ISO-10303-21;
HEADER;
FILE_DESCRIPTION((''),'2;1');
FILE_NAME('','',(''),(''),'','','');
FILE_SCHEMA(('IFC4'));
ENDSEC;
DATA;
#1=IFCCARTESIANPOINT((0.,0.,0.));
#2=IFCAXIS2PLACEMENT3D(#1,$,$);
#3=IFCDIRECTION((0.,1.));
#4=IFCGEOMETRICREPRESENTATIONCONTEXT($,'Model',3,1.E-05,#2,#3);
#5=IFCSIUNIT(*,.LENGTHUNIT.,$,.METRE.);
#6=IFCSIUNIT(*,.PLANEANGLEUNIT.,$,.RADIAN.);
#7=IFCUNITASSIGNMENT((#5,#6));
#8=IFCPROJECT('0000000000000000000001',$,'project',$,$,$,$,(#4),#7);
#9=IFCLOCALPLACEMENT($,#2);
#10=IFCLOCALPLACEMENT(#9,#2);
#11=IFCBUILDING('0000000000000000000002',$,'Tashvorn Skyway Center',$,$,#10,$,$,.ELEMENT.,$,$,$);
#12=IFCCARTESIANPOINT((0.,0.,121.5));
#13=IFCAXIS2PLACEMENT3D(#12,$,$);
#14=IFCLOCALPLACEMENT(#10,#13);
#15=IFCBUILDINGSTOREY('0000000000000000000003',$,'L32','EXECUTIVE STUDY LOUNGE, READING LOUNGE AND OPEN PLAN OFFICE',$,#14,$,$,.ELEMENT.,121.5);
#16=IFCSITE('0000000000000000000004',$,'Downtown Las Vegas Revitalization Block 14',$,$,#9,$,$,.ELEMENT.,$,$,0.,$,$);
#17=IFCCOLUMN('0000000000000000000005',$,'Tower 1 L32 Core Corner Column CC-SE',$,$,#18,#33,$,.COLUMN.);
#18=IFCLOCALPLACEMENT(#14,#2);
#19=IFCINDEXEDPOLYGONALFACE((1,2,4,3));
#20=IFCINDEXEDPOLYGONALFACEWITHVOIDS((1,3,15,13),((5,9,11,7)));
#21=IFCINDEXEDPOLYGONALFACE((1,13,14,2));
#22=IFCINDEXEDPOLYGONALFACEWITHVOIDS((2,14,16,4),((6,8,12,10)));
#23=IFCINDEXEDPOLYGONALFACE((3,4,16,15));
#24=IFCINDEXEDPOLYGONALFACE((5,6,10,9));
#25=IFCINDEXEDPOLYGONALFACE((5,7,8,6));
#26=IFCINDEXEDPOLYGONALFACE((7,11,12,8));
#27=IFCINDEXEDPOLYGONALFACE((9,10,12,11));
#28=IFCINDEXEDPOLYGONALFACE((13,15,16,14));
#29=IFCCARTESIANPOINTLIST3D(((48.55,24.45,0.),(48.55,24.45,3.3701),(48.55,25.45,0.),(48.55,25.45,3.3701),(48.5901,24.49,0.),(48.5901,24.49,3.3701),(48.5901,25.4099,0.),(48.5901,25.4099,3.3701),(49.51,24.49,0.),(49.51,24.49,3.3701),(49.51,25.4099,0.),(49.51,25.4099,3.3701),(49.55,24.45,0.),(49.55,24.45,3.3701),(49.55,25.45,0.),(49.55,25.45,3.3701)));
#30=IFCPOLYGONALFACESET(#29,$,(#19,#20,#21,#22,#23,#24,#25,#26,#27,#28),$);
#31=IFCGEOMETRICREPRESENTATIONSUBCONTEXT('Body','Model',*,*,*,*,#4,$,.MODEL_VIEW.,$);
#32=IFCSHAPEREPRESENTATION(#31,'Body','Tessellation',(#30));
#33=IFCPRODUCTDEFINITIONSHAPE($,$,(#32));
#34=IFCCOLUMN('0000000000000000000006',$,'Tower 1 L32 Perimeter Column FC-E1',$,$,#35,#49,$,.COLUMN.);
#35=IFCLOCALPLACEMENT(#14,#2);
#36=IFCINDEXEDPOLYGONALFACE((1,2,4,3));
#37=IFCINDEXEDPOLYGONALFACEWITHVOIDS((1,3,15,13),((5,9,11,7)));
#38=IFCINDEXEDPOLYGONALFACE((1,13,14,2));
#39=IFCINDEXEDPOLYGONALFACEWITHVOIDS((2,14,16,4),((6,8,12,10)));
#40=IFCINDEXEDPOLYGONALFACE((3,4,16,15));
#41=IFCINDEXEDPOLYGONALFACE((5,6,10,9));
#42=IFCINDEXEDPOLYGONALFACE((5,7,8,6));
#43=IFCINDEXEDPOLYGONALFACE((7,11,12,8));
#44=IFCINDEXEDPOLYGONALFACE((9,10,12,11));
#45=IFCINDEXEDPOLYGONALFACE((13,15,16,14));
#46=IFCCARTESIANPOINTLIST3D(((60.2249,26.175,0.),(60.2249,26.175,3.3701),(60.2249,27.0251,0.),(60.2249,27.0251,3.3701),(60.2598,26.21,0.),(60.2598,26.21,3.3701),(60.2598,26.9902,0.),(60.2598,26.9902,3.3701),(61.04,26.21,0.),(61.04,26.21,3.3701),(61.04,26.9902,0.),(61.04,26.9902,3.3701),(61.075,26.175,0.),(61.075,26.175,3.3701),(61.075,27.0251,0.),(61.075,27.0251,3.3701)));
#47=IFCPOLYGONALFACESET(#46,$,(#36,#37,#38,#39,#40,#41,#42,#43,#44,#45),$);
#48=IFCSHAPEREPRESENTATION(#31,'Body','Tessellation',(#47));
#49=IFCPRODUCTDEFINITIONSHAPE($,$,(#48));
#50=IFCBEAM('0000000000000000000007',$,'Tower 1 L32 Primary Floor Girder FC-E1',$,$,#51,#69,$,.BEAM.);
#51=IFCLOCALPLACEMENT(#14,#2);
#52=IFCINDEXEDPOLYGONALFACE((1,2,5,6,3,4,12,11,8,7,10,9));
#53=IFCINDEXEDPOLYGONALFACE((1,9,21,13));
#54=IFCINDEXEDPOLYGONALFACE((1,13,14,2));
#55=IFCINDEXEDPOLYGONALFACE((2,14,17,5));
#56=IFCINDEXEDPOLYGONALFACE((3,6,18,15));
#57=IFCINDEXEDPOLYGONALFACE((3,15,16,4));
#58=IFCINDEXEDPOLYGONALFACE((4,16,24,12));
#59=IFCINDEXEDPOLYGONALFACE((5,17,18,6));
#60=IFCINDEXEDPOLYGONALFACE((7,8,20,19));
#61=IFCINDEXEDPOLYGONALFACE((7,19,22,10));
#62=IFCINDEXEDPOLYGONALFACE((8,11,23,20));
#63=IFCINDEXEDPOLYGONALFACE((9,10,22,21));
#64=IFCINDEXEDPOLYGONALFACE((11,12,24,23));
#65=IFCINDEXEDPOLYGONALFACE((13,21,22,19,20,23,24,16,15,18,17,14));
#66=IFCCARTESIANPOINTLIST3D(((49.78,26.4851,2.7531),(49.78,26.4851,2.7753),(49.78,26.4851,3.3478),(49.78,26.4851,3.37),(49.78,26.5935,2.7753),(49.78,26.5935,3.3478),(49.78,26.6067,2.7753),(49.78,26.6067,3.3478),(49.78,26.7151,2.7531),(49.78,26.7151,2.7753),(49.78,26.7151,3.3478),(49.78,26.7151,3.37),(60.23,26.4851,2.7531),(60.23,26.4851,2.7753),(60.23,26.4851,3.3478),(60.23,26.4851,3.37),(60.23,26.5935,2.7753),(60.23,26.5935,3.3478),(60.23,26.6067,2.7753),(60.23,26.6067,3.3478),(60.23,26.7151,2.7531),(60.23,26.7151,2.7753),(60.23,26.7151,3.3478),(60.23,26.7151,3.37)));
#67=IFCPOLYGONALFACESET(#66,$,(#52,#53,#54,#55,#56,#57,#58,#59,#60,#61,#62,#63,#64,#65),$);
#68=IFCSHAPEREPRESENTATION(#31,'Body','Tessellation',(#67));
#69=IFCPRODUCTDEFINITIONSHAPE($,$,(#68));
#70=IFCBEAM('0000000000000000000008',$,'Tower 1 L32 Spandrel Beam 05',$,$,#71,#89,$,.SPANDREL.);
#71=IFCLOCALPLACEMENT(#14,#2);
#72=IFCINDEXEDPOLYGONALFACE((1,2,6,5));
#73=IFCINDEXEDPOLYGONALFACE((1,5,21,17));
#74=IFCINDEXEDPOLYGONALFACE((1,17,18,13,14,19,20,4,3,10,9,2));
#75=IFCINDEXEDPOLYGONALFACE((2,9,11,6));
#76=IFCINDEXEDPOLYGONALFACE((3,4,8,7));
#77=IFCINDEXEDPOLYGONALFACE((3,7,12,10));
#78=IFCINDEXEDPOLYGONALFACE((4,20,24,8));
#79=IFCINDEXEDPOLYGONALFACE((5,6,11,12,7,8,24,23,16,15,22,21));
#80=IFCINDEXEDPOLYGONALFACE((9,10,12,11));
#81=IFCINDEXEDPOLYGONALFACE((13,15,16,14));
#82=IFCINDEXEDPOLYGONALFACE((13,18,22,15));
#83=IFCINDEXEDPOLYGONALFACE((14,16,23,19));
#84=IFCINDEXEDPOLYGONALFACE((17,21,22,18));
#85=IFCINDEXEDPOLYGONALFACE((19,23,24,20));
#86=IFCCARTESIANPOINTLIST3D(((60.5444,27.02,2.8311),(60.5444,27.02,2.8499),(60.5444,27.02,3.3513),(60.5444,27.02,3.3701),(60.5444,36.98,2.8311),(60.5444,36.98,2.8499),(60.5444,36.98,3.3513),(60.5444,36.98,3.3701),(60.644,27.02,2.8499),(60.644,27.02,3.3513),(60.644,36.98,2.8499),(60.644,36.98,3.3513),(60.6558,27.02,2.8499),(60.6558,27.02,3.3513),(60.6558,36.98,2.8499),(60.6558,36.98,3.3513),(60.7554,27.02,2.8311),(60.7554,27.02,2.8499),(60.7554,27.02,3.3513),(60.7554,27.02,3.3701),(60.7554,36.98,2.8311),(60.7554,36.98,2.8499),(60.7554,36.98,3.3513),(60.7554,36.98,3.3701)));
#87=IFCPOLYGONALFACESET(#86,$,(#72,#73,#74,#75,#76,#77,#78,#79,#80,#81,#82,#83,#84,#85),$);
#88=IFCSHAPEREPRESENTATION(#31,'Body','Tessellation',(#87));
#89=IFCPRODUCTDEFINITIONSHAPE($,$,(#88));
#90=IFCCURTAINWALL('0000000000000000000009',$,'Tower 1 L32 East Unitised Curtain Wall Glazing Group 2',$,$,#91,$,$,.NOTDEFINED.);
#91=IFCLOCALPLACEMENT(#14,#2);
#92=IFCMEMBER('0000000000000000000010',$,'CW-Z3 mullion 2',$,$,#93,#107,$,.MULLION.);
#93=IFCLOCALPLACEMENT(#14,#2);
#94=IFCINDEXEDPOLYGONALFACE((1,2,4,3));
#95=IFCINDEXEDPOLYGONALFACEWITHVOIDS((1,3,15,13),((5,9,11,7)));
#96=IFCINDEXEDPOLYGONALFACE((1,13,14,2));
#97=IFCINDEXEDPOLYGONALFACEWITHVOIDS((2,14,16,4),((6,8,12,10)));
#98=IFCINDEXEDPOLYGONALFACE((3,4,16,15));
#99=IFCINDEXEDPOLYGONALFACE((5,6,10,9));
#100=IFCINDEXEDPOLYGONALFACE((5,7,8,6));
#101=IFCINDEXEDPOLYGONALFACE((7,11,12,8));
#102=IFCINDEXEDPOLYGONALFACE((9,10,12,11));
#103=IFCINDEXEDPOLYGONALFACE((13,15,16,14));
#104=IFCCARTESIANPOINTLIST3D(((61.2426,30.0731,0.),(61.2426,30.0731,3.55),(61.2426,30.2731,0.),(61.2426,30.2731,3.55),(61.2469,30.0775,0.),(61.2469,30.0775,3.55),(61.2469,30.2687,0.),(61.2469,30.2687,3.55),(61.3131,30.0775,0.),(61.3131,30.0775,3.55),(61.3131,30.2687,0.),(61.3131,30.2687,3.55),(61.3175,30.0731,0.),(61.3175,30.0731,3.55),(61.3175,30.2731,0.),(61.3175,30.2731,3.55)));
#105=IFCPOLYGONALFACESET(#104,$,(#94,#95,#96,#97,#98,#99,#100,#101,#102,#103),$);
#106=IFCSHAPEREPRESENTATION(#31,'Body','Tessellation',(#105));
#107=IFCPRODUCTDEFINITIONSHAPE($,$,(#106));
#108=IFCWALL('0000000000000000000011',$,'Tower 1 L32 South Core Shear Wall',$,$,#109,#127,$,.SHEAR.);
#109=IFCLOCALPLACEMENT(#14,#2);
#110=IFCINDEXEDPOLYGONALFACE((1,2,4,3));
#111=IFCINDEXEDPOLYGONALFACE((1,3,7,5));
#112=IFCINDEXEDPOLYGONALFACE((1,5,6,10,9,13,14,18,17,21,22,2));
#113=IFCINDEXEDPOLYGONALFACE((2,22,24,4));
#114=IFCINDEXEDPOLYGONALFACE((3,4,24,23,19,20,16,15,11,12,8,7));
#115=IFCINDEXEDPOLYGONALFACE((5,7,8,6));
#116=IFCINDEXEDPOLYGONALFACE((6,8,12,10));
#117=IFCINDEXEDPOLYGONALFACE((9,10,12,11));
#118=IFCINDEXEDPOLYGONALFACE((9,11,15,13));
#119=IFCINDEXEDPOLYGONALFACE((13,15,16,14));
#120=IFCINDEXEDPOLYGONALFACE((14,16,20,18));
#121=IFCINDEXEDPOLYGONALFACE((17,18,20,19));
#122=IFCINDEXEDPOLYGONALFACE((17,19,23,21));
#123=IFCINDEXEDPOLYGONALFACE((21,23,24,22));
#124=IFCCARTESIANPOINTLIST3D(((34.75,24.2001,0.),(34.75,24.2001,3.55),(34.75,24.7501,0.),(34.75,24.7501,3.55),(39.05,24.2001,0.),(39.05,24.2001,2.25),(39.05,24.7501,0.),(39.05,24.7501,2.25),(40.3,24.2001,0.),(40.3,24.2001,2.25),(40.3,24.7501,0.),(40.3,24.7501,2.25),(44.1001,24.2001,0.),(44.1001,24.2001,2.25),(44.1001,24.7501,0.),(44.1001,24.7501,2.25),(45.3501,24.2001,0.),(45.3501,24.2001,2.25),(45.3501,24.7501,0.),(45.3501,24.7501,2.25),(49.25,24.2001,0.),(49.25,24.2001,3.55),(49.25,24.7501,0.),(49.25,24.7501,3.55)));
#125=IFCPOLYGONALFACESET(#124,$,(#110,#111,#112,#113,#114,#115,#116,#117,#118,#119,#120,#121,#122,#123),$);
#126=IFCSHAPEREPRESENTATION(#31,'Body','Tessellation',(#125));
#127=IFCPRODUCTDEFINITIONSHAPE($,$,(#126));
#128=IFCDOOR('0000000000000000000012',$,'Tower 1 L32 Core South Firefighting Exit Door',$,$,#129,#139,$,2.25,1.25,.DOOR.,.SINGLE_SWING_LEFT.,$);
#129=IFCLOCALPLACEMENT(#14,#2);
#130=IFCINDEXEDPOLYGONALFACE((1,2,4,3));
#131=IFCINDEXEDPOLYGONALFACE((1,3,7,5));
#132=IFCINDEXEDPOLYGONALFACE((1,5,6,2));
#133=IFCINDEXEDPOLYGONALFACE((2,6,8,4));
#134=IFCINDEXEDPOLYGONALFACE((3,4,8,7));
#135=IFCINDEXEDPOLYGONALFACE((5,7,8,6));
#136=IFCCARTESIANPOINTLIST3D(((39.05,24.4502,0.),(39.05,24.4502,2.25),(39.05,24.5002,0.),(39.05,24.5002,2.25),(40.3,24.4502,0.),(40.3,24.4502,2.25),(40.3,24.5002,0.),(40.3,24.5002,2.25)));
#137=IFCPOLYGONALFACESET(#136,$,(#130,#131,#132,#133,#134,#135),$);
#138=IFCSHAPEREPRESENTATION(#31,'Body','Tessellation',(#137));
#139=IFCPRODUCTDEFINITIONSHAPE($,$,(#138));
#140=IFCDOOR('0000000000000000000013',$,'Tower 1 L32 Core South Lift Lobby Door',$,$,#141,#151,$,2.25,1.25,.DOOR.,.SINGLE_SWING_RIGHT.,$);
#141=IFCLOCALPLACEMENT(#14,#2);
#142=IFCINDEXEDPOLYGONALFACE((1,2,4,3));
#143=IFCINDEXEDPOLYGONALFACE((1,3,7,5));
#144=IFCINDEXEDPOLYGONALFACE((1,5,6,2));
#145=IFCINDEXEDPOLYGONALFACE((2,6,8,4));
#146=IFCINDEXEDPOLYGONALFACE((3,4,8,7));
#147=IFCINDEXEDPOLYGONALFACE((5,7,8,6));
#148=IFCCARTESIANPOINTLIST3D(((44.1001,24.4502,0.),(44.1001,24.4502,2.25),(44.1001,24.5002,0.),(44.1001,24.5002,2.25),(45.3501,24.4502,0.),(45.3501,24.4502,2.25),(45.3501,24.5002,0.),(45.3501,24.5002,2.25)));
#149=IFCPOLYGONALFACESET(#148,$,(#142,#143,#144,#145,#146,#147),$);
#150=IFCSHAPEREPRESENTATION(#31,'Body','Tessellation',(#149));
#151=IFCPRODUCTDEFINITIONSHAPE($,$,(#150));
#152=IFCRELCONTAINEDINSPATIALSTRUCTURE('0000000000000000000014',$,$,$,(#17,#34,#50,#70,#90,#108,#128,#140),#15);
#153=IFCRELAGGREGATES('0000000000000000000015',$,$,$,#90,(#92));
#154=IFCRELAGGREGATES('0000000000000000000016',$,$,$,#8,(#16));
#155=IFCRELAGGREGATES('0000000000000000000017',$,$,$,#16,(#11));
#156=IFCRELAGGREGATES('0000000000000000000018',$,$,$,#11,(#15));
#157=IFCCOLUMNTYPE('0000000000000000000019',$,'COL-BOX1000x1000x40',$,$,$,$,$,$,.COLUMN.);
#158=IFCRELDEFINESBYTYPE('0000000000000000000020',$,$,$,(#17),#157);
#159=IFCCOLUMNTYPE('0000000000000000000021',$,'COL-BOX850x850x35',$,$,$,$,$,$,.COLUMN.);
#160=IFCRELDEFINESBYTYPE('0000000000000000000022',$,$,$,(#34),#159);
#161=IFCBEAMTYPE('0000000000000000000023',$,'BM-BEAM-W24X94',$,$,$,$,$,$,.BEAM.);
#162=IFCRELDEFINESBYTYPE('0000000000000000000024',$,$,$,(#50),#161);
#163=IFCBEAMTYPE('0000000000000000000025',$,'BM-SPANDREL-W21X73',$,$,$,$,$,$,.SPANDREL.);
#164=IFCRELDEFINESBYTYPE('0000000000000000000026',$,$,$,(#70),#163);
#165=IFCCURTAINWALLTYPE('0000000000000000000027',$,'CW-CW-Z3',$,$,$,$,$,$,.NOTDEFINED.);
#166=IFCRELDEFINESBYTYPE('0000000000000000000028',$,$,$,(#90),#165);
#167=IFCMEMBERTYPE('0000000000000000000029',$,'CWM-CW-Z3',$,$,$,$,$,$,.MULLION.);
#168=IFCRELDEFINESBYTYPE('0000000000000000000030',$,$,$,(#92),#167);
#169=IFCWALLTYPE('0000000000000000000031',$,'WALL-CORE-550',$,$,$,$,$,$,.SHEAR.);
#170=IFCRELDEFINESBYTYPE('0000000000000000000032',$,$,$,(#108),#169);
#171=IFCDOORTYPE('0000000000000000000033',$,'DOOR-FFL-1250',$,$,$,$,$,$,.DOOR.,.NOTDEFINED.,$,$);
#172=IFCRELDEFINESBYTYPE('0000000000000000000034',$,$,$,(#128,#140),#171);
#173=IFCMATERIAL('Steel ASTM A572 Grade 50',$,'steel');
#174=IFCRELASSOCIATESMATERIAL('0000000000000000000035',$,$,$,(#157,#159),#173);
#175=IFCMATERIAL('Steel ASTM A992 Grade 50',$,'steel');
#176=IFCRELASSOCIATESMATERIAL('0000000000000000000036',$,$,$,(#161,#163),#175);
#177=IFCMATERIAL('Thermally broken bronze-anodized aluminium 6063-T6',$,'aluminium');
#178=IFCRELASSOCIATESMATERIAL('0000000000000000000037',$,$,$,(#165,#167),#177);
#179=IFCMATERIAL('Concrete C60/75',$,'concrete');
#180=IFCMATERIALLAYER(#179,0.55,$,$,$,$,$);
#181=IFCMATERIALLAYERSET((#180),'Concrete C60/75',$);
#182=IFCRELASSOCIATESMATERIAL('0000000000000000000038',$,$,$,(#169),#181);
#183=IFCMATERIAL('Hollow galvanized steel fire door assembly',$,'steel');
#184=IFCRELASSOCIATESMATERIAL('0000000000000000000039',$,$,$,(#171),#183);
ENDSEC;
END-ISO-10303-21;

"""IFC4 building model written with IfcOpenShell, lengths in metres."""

from ifc_helpers import new_model, si_unit, direction, frame, frame_2d, origin, origin_2d, place, context, subcontext, project, spatial, rectangle, hollow_rectangle, i_section, extrude, material, layer, layer_set, material_profile, profile_set, type_object, element, fill, aggregate, save


model = new_model("IFC4")

# Units and contexts
model_context = context("Model", 3, precision=1e-05, world=origin(), true_north=direction((0.0, 1.0)))
body_context = subcontext(model_context, "Body", "Model", "MODEL_VIEW")
ifc_project = project(units=[si_unit("LENGTHUNIT", "METRE"), si_unit("PLANEANGLEUNIT", "RADIAN")], contexts=[model_context])

# Site, building, storey
site_placement = place(None, origin())
site = spatial("IfcSite", under=ifc_project, at=site_placement, Name="Downtown Las Vegas Revitalization Block 14", CompositionType="ELEMENT", RefElevation=0.0)
building_placement = place(site_placement, origin())
building = spatial("IfcBuilding", under=site, at=building_placement, Name="Tashvorn Skyway Center", CompositionType="ELEMENT")
storey_placement = place(building_placement, frame((0.0, 0.0, 121.5)))
storey = spatial("IfcBuildingStorey", under=building, at=storey_placement, Name="L32", Description="EXECUTIVE STUDY LOUNGE, READING LOUNGE AND OPEN PLAN OFFICE", CompositionType="ELEMENT", Elevation=121.5)

# Columns
ifc_material_1 = material(Name="Steel ASTM A572 Grade 50", Category="steel")
ifc_material_profile_1 = material_profile(ifc_material_1, hollow_rectangle(XDim=1.0, YDim=1.0, WallThickness=0.04, at=origin_2d()), Name="BOX1000x1000x40")
ifc_profile_set_1 = profile_set([ifc_material_profile_1], Name="Steel ASTM A572 Grade 50")
column_type_1 = type_object("IfcColumnType", Name="COL-BOX1000x1000x40", PredefinedType="COLUMN", material=ifc_profile_set_1)
column_1_placement = place(storey_placement, frame((49.05, 24.95, 0.0), z_axis=(0.0, 0.0, 1.0), x_axis=(1.0, 0.0, 0.0)))
element("IfcColumn", 1, at=column_1_placement, inside=storey, type_object=column_type_1, Name="Tower 1 L32 Core Corner Column CC-SE", PredefinedType="COLUMN", context=body_context, shape_type="SweptSolid", body=[
    extrude(hollow_rectangle(XDim=1.0, YDim=1.0, WallThickness=0.04, at=origin_2d()), origin(), (0.0, 0.0, 1.0), 3.3701),
])
ifc_material_profile_2 = material_profile(ifc_material_1, hollow_rectangle(XDim=0.8501, YDim=0.8501, WallThickness=0.0349, at=origin_2d()), Name="BOX850x850x35")
ifc_profile_set_2 = profile_set([ifc_material_profile_2], Name="Steel ASTM A572 Grade 50")
column_type_2 = type_object("IfcColumnType", Name="COL-BOX850x850x35", PredefinedType="COLUMN", material=ifc_profile_set_2)
column_2_placement = place(storey_placement, frame((60.6499, 26.6001, 0.0), z_axis=(0.0, 0.0, 1.0), x_axis=(1.0, 0.0, 0.0)))
element("IfcColumn", 2, at=column_2_placement, inside=storey, type_object=column_type_2, Name="Tower 1 L32 Perimeter Column FC-E1", PredefinedType="COLUMN", context=body_context, shape_type="SweptSolid", body=[
    extrude(hollow_rectangle(XDim=0.8501, YDim=0.8501, WallThickness=0.0349, at=origin_2d()), origin(), (0.0, 0.0, 1.0), 3.3701),
])

# Beams
ifc_material_2 = material(Name="Steel ASTM A992 Grade 50", Category="steel")
ifc_material_profile_3 = material_profile(ifc_material_2, i_section(OverallWidth=0.23, OverallDepth=0.6169, WebThickness=0.0132, FlangeThickness=0.0222, at=origin_2d()), Name="W24X94")
ifc_profile_set_3 = profile_set([ifc_material_profile_3], Name="Steel ASTM A992 Grade 50")
beam_type_1 = type_object("IfcBeamType", Name="BM-BEAM-W24X94", PredefinedType="BEAM", material=ifc_profile_set_3)
beam_1_placement = place(storey_placement, frame((60.23, 26.6001, 3.0615), z_axis=(-1.0, 0.0, 0.0), x_axis=(0.0, -1.0, 0.0)))
element("IfcBeam", 3, at=beam_1_placement, inside=storey, type_object=beam_type_1, Name="Tower 1 L32 Primary Floor Girder FC-E1", PredefinedType="BEAM", context=body_context, shape_type="SweptSolid", body=[
    extrude(i_section(OverallWidth=0.23, OverallDepth=0.6169, WebThickness=0.0132, FlangeThickness=0.0222, at=origin_2d()), origin(), (0.0, 0.0, 1.0), 10.45),
])
ifc_material_profile_4 = material_profile(ifc_material_2, i_section(OverallWidth=0.2109, OverallDepth=0.5391, WebThickness=0.0117, FlangeThickness=0.0188, at=origin_2d()), Name="W21X73")
ifc_profile_set_4 = profile_set([ifc_material_profile_4], Name="Steel ASTM A992 Grade 50")
beam_type_2 = type_object("IfcBeamType", Name="BM-SPANDREL-W21X73", PredefinedType="SPANDREL", material=ifc_profile_set_4)
beam_2_placement = place(storey_placement, frame((60.6499, 27.02, 3.1006), z_axis=(0.0, 1.0, 0.0), x_axis=(-1.0, 0.0, 0.0)))
element("IfcBeam", 4, at=beam_2_placement, inside=storey, type_object=beam_type_2, Name="Tower 1 L32 Spandrel Beam 05", PredefinedType="SPANDREL", context=body_context, shape_type="SweptSolid", body=[
    extrude(i_section(OverallWidth=0.2109, OverallDepth=0.5391, WebThickness=0.0117, FlangeThickness=0.0188, at=origin_2d()), origin(), (0.0, 0.0, 1.0), 9.96),
])

# Curtain wall, member
ifc_material_3 = material(Name="Thermally broken bronze-anodized aluminium 6063-T6", Category="aluminium")
curtain_wall_type = type_object("IfcCurtainWallType", Name="CW-CW-Z3", PredefinedType="NOTDEFINED", material=ifc_material_3)
curtain_wall_placement = place(storey_placement, origin())
curtain_wall = element("IfcCurtainWall", 5, at=curtain_wall_placement, inside=storey, type_object=curtain_wall_type, Name="Tower 1 L32 East Unitised Curtain Wall Glazing Group 2", PredefinedType="NOTDEFINED")
ifc_material_profile_5 = material_profile(ifc_material_3, hollow_rectangle(XDim=0.075, YDim=0.2, WallThickness=0.0044, at=origin_2d()), Name="ALU-MULL-75x200")
ifc_profile_set_5 = profile_set([ifc_material_profile_5], Name="Thermally broken bronze-anodized aluminium 6063-T6")
member_type = type_object("IfcMemberType", Name="CWM-CW-Z3", PredefinedType="MULLION", material=ifc_profile_set_5)
member_placement = place(storey_placement, frame((61.28, 30.1731, 0.0), z_axis=(0.0, 0.0, 1.0), x_axis=(1.0, 0.0, 0.0)))
member = element("IfcMember", 6, at=member_placement, type_object=member_type, Name="CW-Z3 mullion 2", PredefinedType="MULLION", context=body_context, shape_type="SweptSolid", body=[
    extrude(hollow_rectangle(XDim=0.075, YDim=0.2, WallThickness=0.0044, at=origin_2d()), origin(), (0.0, 0.0, 1.0), 3.55),
])
aggregate(curtain_wall, [member])

# Wall, openings, doors
ifc_material_4 = material(Name="Concrete C60/75", Category="concrete")
ifc_layer_1 = layer(ifc_material_4, 0.55)
ifc_layer_set_1 = layer_set([ifc_layer_1], Name="Concrete C60/75")
wall_type_1 = type_object("IfcWallType", Name="WALL-CORE-550", PredefinedType="SHEAR", material=ifc_layer_set_1)
wall_1_placement = place(storey_placement, frame((49.25, 24.4751, 0.0), z_axis=(0.0, 0.0, 1.0), x_axis=(-1.0, 0.0, 0.0)))
wall_1 = element("IfcWall", 7, at=wall_1_placement, inside=storey, type_object=wall_type_1, Name="Tower 1 L32 South Core Shear Wall", PredefinedType="SHEAR", context=body_context, shape_type="SweptSolid", body=[
    extrude(rectangle(XDim=14.5, YDim=0.55, at=frame_2d((7.25, 0.0))), origin(), (0.0, 0.0, 1.0), 3.55),
])
opening_1_placement = place(wall_1_placement, frame((8.95, 0.0, 0.0)))
opening_1 = element("IfcOpeningElement", 8, at=opening_1_placement, cuts=wall_1, PredefinedType="OPENING", context=body_context, shape_type="SweptSolid", body=[
    extrude(rectangle(XDim=1.25, YDim=2.25, at=frame_2d((0.625, 1.125))), frame((0.0, 0.2849, 0.0), z_axis=(0.0, -1.0, 0.0), x_axis=(1.0, 0.0, 0.0)), (0.0, 0.0, 1.0), 0.5701),
])
opening_2_placement = place(wall_1_placement, frame((3.8999, 0.0, 0.0)))
opening_2 = element("IfcOpeningElement", 9, at=opening_2_placement, cuts=wall_1, PredefinedType="OPENING", context=body_context, shape_type="SweptSolid", body=[
    extrude(rectangle(XDim=1.25, YDim=2.25, at=frame_2d((0.625, 1.125))), frame((0.0, 0.2849, 0.0), z_axis=(0.0, -1.0, 0.0), x_axis=(1.0, 0.0, 0.0)), (0.0, 0.0, 1.0), 0.5701),
])
ifc_material_5 = material(Name="Hollow galvanized steel fire door assembly", Category="steel")
door_type_1 = type_object("IfcDoorType", Name="DOOR-FFL-1250", OperationType="NOTDEFINED", PredefinedType="DOOR", material=ifc_material_5)
door_1_placement = place(opening_1_placement, origin())
door_1 = element("IfcDoor", 10, at=door_1_placement, inside=storey, type_object=door_type_1, Name="Tower 1 L32 Core South Firefighting Exit Door", OperationType="SINGLE_SWING_LEFT", OverallHeight=2.25, OverallWidth=1.25, PredefinedType="DOOR", context=body_context, shape_type="SweptSolid", body=[
    extrude(rectangle(XDim=1.25, YDim=2.25, at=frame_2d((0.625, 1.125))), frame((0.0, 0.0249, 0.0), z_axis=(0.0, -1.0, 0.0), x_axis=(1.0, 0.0, 0.0)), (0.0, 0.0, 1.0), 0.05),
])
fill(opening_1, door_1)
door_2_placement = place(opening_2_placement, origin())
door_2 = element("IfcDoor", 11, at=door_2_placement, inside=storey, type_object=door_type_1, Name="Tower 1 L32 Core South Lift Lobby Door", OperationType="SINGLE_SWING_RIGHT", OverallHeight=2.25, OverallWidth=1.25, PredefinedType="DOOR", context=body_context, shape_type="SweptSolid", body=[
    extrude(rectangle(XDim=1.25, YDim=2.25, at=frame_2d((0.625, 1.125))), frame((0.0, 0.0249, 0.0), z_axis=(0.0, -1.0, 0.0), x_axis=(1.0, 0.0, 0.0)), (0.0, 0.0, 1.0), 0.05),
])
fill(opening_2, door_2)

save(model, "model.ifc")
